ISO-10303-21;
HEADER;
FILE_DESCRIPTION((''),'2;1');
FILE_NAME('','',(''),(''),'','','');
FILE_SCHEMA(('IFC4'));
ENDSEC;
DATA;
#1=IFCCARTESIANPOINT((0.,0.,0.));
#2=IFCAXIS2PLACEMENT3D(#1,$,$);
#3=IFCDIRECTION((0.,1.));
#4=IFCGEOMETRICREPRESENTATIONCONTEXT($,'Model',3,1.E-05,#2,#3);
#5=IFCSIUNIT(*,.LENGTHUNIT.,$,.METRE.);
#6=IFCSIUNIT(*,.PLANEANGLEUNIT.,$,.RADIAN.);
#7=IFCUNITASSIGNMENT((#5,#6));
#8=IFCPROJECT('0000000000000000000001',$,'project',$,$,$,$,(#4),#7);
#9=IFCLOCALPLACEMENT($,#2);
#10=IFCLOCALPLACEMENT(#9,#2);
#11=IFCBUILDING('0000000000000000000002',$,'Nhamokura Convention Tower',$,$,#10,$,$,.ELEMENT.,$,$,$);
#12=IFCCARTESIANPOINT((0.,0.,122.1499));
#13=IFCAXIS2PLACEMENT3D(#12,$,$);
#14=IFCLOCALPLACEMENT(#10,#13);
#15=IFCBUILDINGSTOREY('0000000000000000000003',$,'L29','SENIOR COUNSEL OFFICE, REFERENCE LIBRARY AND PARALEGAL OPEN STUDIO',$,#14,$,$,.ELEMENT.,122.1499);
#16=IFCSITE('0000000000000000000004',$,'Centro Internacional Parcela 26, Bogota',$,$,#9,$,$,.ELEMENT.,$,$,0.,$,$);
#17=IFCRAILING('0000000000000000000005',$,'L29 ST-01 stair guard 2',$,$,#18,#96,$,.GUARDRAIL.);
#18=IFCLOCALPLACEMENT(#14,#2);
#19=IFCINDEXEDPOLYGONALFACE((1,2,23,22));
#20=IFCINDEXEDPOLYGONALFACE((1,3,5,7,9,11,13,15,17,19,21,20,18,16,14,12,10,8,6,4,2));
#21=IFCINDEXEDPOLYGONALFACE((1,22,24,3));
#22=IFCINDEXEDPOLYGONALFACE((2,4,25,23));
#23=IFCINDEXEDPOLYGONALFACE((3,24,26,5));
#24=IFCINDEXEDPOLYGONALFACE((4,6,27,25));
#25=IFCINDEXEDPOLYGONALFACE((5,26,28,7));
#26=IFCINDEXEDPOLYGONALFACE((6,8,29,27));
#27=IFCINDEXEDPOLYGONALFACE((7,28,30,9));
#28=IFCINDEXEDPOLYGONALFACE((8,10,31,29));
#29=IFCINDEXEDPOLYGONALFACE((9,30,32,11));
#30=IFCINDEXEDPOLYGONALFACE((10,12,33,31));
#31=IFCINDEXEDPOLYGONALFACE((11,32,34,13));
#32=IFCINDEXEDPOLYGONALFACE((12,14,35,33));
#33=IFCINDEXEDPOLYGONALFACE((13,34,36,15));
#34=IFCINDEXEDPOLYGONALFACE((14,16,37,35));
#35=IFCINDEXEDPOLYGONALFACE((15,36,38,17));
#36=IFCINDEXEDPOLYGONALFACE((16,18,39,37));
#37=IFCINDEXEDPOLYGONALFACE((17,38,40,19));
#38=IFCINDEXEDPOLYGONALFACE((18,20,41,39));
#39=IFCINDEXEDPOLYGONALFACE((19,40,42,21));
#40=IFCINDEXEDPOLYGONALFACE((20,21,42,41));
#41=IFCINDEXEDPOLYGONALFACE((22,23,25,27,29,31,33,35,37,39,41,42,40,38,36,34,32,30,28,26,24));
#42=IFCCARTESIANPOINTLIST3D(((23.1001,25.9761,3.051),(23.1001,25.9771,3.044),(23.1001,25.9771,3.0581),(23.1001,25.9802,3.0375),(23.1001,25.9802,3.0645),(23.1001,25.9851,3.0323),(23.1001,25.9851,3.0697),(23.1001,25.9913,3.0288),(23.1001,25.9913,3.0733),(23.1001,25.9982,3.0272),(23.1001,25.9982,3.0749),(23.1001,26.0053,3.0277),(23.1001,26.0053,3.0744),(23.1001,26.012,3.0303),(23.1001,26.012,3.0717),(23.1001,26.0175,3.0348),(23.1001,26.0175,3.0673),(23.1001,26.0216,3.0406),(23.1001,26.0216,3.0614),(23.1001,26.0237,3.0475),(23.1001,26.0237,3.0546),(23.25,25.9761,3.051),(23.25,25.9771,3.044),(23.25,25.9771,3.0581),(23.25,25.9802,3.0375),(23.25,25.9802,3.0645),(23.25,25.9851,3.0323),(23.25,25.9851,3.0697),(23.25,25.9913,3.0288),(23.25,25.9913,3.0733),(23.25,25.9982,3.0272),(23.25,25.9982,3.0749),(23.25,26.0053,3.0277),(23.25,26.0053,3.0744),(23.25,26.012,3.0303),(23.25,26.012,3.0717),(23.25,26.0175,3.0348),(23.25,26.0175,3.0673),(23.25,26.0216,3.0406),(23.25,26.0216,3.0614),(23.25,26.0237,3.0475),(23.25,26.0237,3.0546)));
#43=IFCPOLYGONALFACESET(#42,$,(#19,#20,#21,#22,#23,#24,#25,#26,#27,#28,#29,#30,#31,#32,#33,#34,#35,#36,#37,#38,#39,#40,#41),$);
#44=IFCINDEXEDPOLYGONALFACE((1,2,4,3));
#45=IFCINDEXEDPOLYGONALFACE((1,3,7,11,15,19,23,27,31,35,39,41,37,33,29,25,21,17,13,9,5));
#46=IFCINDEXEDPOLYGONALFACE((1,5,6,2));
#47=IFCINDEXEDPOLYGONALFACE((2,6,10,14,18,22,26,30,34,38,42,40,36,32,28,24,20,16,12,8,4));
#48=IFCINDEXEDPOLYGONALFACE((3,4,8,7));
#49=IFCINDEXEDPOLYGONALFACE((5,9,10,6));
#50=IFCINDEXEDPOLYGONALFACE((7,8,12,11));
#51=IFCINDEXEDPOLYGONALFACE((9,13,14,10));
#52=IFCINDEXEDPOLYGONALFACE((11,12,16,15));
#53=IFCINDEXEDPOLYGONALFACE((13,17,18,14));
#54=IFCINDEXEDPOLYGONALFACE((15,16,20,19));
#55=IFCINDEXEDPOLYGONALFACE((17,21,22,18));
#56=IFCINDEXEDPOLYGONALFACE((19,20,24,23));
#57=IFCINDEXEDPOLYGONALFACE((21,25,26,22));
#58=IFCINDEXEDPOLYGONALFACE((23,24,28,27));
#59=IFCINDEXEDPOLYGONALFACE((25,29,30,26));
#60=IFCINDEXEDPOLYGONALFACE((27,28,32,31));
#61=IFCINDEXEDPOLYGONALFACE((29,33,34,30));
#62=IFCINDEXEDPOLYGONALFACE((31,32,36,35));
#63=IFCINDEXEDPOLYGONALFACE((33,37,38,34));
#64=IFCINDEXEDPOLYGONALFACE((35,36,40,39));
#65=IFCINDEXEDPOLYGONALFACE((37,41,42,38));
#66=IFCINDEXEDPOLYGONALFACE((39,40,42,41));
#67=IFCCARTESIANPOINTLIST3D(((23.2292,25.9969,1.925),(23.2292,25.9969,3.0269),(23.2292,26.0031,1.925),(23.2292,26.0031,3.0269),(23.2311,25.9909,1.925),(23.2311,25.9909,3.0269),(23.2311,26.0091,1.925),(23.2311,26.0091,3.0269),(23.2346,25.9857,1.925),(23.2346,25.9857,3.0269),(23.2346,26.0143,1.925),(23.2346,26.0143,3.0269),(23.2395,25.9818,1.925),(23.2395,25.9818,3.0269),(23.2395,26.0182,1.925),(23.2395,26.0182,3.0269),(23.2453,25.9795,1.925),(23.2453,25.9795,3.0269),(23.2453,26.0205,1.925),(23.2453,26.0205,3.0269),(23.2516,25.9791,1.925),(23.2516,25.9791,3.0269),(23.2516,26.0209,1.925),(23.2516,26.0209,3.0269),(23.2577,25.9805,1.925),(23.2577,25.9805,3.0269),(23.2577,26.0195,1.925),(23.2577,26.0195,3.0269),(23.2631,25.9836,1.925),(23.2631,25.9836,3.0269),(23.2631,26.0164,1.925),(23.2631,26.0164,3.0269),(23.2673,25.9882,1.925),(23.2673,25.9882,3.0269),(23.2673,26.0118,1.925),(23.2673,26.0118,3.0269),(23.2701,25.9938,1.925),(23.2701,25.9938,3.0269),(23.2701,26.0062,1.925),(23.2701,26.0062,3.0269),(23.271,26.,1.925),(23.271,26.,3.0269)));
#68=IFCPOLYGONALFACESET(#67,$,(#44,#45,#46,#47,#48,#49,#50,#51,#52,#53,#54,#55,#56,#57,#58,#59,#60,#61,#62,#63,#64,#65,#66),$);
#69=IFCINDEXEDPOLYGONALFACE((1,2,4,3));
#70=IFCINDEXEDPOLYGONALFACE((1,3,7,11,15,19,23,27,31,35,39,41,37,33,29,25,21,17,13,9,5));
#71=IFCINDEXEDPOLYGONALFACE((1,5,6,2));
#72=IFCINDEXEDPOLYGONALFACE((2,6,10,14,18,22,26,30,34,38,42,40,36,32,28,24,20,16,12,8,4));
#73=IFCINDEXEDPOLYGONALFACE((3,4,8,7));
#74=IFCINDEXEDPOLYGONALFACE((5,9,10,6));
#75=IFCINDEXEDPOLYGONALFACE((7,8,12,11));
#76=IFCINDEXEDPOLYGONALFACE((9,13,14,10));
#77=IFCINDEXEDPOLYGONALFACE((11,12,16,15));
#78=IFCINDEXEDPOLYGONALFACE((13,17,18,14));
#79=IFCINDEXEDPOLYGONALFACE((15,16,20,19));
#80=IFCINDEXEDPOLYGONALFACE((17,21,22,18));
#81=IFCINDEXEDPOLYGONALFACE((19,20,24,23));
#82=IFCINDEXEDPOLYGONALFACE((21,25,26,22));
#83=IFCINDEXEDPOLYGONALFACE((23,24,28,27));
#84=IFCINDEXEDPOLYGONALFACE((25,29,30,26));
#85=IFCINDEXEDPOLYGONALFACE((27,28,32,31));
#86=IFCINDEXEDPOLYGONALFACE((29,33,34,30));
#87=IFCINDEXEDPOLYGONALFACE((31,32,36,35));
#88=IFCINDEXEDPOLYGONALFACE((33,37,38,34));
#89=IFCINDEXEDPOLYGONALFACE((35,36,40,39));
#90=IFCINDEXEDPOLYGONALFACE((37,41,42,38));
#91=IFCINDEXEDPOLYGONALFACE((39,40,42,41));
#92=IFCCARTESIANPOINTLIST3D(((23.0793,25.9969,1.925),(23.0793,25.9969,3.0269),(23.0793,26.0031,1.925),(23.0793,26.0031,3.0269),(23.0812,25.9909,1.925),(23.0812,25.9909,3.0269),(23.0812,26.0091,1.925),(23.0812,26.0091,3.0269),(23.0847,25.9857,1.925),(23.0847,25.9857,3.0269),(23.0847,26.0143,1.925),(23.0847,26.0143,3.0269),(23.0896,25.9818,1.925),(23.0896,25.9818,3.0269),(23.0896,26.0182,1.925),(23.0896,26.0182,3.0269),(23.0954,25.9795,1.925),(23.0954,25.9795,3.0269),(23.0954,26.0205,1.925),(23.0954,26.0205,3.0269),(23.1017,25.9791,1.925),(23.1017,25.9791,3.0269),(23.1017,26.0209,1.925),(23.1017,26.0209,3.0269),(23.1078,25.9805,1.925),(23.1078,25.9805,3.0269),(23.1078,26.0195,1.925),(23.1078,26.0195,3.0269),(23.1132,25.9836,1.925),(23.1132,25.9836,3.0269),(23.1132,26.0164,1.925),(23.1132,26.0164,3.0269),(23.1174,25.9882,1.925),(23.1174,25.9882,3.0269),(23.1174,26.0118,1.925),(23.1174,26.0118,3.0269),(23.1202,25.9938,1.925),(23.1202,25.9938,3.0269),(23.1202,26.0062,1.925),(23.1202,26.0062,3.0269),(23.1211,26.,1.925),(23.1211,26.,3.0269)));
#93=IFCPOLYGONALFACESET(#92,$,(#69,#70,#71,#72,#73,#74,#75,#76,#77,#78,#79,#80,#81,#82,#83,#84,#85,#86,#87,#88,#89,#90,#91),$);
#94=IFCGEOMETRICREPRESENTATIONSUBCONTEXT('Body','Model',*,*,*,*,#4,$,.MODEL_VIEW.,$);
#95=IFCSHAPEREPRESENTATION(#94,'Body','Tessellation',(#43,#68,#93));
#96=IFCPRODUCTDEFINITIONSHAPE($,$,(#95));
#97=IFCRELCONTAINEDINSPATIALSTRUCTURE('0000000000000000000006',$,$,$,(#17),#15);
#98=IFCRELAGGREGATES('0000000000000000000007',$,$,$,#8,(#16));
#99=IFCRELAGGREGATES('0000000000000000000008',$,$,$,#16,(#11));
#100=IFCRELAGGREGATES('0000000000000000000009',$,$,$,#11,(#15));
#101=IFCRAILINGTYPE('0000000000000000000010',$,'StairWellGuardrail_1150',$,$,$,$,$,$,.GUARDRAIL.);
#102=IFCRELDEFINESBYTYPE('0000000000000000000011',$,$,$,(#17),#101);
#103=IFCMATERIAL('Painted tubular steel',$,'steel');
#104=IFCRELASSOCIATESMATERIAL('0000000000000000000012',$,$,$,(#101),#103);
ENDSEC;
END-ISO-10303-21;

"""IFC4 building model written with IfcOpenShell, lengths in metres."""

from ifc_helpers import new_model, si_unit, direction, frame, origin, origin_2d, place, context, subcontext, project, spatial, circle, extrude, material, type_object, element, save


model = new_model("IFC4")

# Units and contexts
model_context = context("Model", 3, precision=1e-05, world=origin(), true_north=direction((0.0, 1.0)))
body_context = subcontext(model_context, "Body", "Model", "MODEL_VIEW")
ifc_project = project(units=[si_unit("LENGTHUNIT", "METRE"), si_unit("PLANEANGLEUNIT", "RADIAN")], contexts=[model_context])

# Site, building, storey
site_placement = place(None, origin())
site = spatial("IfcSite", under=ifc_project, at=site_placement, Name="Centro Internacional Parcela 26, Bogota", CompositionType="ELEMENT", RefElevation=0.0)
building_placement = place(site_placement, origin())
building = spatial("IfcBuilding", under=site, at=building_placement, Name="Nhamokura Convention Tower", CompositionType="ELEMENT")
storey_placement = place(building_placement, frame((0.0, 0.0, 122.1499)))
storey = spatial("IfcBuildingStorey", under=building, at=storey_placement, Name="L29", Description="SENIOR COUNSEL OFFICE, REFERENCE LIBRARY AND PARALEGAL OPEN STUDIO", CompositionType="ELEMENT", Elevation=122.1499)

# Railing
ifc_material_1 = material(Name="Painted tubular steel", Category="steel")
railing_type_1 = type_object("IfcRailingType", Name="StairWellGuardrail_1150", PredefinedType="GUARDRAIL", material=ifc_material_1)
railing_1_placement = place(storey_placement, frame((23.25, 26.0, 1.925)))
element("IfcRailing", 1, at=railing_1_placement, inside=storey, type_object=railing_type_1, Name="L29 ST-01 stair guard 2", PredefinedType="GUARDRAIL", context=body_context, shape_type="SweptSolid", body=[
    extrude(circle(Radius=0.0239, at=origin_2d()), frame((0.0, 0.0, 1.126), z_axis=(-1.0, 0.0, 0.0), x_axis=(0.0, -1.0, 0.0)), (0.0, 0.0, 1.0), 0.1499),
    extrude(circle(Radius=0.021, at=origin_2d()), origin(), (0.0, 0.0, 1.0), 1.1018),
    extrude(circle(Radius=0.021, at=origin_2d()), frame((-0.1499, 0.0, 0.0)), (0.0, 0.0, 1.0), 1.1018),
])

save(model, "model.ifc")
